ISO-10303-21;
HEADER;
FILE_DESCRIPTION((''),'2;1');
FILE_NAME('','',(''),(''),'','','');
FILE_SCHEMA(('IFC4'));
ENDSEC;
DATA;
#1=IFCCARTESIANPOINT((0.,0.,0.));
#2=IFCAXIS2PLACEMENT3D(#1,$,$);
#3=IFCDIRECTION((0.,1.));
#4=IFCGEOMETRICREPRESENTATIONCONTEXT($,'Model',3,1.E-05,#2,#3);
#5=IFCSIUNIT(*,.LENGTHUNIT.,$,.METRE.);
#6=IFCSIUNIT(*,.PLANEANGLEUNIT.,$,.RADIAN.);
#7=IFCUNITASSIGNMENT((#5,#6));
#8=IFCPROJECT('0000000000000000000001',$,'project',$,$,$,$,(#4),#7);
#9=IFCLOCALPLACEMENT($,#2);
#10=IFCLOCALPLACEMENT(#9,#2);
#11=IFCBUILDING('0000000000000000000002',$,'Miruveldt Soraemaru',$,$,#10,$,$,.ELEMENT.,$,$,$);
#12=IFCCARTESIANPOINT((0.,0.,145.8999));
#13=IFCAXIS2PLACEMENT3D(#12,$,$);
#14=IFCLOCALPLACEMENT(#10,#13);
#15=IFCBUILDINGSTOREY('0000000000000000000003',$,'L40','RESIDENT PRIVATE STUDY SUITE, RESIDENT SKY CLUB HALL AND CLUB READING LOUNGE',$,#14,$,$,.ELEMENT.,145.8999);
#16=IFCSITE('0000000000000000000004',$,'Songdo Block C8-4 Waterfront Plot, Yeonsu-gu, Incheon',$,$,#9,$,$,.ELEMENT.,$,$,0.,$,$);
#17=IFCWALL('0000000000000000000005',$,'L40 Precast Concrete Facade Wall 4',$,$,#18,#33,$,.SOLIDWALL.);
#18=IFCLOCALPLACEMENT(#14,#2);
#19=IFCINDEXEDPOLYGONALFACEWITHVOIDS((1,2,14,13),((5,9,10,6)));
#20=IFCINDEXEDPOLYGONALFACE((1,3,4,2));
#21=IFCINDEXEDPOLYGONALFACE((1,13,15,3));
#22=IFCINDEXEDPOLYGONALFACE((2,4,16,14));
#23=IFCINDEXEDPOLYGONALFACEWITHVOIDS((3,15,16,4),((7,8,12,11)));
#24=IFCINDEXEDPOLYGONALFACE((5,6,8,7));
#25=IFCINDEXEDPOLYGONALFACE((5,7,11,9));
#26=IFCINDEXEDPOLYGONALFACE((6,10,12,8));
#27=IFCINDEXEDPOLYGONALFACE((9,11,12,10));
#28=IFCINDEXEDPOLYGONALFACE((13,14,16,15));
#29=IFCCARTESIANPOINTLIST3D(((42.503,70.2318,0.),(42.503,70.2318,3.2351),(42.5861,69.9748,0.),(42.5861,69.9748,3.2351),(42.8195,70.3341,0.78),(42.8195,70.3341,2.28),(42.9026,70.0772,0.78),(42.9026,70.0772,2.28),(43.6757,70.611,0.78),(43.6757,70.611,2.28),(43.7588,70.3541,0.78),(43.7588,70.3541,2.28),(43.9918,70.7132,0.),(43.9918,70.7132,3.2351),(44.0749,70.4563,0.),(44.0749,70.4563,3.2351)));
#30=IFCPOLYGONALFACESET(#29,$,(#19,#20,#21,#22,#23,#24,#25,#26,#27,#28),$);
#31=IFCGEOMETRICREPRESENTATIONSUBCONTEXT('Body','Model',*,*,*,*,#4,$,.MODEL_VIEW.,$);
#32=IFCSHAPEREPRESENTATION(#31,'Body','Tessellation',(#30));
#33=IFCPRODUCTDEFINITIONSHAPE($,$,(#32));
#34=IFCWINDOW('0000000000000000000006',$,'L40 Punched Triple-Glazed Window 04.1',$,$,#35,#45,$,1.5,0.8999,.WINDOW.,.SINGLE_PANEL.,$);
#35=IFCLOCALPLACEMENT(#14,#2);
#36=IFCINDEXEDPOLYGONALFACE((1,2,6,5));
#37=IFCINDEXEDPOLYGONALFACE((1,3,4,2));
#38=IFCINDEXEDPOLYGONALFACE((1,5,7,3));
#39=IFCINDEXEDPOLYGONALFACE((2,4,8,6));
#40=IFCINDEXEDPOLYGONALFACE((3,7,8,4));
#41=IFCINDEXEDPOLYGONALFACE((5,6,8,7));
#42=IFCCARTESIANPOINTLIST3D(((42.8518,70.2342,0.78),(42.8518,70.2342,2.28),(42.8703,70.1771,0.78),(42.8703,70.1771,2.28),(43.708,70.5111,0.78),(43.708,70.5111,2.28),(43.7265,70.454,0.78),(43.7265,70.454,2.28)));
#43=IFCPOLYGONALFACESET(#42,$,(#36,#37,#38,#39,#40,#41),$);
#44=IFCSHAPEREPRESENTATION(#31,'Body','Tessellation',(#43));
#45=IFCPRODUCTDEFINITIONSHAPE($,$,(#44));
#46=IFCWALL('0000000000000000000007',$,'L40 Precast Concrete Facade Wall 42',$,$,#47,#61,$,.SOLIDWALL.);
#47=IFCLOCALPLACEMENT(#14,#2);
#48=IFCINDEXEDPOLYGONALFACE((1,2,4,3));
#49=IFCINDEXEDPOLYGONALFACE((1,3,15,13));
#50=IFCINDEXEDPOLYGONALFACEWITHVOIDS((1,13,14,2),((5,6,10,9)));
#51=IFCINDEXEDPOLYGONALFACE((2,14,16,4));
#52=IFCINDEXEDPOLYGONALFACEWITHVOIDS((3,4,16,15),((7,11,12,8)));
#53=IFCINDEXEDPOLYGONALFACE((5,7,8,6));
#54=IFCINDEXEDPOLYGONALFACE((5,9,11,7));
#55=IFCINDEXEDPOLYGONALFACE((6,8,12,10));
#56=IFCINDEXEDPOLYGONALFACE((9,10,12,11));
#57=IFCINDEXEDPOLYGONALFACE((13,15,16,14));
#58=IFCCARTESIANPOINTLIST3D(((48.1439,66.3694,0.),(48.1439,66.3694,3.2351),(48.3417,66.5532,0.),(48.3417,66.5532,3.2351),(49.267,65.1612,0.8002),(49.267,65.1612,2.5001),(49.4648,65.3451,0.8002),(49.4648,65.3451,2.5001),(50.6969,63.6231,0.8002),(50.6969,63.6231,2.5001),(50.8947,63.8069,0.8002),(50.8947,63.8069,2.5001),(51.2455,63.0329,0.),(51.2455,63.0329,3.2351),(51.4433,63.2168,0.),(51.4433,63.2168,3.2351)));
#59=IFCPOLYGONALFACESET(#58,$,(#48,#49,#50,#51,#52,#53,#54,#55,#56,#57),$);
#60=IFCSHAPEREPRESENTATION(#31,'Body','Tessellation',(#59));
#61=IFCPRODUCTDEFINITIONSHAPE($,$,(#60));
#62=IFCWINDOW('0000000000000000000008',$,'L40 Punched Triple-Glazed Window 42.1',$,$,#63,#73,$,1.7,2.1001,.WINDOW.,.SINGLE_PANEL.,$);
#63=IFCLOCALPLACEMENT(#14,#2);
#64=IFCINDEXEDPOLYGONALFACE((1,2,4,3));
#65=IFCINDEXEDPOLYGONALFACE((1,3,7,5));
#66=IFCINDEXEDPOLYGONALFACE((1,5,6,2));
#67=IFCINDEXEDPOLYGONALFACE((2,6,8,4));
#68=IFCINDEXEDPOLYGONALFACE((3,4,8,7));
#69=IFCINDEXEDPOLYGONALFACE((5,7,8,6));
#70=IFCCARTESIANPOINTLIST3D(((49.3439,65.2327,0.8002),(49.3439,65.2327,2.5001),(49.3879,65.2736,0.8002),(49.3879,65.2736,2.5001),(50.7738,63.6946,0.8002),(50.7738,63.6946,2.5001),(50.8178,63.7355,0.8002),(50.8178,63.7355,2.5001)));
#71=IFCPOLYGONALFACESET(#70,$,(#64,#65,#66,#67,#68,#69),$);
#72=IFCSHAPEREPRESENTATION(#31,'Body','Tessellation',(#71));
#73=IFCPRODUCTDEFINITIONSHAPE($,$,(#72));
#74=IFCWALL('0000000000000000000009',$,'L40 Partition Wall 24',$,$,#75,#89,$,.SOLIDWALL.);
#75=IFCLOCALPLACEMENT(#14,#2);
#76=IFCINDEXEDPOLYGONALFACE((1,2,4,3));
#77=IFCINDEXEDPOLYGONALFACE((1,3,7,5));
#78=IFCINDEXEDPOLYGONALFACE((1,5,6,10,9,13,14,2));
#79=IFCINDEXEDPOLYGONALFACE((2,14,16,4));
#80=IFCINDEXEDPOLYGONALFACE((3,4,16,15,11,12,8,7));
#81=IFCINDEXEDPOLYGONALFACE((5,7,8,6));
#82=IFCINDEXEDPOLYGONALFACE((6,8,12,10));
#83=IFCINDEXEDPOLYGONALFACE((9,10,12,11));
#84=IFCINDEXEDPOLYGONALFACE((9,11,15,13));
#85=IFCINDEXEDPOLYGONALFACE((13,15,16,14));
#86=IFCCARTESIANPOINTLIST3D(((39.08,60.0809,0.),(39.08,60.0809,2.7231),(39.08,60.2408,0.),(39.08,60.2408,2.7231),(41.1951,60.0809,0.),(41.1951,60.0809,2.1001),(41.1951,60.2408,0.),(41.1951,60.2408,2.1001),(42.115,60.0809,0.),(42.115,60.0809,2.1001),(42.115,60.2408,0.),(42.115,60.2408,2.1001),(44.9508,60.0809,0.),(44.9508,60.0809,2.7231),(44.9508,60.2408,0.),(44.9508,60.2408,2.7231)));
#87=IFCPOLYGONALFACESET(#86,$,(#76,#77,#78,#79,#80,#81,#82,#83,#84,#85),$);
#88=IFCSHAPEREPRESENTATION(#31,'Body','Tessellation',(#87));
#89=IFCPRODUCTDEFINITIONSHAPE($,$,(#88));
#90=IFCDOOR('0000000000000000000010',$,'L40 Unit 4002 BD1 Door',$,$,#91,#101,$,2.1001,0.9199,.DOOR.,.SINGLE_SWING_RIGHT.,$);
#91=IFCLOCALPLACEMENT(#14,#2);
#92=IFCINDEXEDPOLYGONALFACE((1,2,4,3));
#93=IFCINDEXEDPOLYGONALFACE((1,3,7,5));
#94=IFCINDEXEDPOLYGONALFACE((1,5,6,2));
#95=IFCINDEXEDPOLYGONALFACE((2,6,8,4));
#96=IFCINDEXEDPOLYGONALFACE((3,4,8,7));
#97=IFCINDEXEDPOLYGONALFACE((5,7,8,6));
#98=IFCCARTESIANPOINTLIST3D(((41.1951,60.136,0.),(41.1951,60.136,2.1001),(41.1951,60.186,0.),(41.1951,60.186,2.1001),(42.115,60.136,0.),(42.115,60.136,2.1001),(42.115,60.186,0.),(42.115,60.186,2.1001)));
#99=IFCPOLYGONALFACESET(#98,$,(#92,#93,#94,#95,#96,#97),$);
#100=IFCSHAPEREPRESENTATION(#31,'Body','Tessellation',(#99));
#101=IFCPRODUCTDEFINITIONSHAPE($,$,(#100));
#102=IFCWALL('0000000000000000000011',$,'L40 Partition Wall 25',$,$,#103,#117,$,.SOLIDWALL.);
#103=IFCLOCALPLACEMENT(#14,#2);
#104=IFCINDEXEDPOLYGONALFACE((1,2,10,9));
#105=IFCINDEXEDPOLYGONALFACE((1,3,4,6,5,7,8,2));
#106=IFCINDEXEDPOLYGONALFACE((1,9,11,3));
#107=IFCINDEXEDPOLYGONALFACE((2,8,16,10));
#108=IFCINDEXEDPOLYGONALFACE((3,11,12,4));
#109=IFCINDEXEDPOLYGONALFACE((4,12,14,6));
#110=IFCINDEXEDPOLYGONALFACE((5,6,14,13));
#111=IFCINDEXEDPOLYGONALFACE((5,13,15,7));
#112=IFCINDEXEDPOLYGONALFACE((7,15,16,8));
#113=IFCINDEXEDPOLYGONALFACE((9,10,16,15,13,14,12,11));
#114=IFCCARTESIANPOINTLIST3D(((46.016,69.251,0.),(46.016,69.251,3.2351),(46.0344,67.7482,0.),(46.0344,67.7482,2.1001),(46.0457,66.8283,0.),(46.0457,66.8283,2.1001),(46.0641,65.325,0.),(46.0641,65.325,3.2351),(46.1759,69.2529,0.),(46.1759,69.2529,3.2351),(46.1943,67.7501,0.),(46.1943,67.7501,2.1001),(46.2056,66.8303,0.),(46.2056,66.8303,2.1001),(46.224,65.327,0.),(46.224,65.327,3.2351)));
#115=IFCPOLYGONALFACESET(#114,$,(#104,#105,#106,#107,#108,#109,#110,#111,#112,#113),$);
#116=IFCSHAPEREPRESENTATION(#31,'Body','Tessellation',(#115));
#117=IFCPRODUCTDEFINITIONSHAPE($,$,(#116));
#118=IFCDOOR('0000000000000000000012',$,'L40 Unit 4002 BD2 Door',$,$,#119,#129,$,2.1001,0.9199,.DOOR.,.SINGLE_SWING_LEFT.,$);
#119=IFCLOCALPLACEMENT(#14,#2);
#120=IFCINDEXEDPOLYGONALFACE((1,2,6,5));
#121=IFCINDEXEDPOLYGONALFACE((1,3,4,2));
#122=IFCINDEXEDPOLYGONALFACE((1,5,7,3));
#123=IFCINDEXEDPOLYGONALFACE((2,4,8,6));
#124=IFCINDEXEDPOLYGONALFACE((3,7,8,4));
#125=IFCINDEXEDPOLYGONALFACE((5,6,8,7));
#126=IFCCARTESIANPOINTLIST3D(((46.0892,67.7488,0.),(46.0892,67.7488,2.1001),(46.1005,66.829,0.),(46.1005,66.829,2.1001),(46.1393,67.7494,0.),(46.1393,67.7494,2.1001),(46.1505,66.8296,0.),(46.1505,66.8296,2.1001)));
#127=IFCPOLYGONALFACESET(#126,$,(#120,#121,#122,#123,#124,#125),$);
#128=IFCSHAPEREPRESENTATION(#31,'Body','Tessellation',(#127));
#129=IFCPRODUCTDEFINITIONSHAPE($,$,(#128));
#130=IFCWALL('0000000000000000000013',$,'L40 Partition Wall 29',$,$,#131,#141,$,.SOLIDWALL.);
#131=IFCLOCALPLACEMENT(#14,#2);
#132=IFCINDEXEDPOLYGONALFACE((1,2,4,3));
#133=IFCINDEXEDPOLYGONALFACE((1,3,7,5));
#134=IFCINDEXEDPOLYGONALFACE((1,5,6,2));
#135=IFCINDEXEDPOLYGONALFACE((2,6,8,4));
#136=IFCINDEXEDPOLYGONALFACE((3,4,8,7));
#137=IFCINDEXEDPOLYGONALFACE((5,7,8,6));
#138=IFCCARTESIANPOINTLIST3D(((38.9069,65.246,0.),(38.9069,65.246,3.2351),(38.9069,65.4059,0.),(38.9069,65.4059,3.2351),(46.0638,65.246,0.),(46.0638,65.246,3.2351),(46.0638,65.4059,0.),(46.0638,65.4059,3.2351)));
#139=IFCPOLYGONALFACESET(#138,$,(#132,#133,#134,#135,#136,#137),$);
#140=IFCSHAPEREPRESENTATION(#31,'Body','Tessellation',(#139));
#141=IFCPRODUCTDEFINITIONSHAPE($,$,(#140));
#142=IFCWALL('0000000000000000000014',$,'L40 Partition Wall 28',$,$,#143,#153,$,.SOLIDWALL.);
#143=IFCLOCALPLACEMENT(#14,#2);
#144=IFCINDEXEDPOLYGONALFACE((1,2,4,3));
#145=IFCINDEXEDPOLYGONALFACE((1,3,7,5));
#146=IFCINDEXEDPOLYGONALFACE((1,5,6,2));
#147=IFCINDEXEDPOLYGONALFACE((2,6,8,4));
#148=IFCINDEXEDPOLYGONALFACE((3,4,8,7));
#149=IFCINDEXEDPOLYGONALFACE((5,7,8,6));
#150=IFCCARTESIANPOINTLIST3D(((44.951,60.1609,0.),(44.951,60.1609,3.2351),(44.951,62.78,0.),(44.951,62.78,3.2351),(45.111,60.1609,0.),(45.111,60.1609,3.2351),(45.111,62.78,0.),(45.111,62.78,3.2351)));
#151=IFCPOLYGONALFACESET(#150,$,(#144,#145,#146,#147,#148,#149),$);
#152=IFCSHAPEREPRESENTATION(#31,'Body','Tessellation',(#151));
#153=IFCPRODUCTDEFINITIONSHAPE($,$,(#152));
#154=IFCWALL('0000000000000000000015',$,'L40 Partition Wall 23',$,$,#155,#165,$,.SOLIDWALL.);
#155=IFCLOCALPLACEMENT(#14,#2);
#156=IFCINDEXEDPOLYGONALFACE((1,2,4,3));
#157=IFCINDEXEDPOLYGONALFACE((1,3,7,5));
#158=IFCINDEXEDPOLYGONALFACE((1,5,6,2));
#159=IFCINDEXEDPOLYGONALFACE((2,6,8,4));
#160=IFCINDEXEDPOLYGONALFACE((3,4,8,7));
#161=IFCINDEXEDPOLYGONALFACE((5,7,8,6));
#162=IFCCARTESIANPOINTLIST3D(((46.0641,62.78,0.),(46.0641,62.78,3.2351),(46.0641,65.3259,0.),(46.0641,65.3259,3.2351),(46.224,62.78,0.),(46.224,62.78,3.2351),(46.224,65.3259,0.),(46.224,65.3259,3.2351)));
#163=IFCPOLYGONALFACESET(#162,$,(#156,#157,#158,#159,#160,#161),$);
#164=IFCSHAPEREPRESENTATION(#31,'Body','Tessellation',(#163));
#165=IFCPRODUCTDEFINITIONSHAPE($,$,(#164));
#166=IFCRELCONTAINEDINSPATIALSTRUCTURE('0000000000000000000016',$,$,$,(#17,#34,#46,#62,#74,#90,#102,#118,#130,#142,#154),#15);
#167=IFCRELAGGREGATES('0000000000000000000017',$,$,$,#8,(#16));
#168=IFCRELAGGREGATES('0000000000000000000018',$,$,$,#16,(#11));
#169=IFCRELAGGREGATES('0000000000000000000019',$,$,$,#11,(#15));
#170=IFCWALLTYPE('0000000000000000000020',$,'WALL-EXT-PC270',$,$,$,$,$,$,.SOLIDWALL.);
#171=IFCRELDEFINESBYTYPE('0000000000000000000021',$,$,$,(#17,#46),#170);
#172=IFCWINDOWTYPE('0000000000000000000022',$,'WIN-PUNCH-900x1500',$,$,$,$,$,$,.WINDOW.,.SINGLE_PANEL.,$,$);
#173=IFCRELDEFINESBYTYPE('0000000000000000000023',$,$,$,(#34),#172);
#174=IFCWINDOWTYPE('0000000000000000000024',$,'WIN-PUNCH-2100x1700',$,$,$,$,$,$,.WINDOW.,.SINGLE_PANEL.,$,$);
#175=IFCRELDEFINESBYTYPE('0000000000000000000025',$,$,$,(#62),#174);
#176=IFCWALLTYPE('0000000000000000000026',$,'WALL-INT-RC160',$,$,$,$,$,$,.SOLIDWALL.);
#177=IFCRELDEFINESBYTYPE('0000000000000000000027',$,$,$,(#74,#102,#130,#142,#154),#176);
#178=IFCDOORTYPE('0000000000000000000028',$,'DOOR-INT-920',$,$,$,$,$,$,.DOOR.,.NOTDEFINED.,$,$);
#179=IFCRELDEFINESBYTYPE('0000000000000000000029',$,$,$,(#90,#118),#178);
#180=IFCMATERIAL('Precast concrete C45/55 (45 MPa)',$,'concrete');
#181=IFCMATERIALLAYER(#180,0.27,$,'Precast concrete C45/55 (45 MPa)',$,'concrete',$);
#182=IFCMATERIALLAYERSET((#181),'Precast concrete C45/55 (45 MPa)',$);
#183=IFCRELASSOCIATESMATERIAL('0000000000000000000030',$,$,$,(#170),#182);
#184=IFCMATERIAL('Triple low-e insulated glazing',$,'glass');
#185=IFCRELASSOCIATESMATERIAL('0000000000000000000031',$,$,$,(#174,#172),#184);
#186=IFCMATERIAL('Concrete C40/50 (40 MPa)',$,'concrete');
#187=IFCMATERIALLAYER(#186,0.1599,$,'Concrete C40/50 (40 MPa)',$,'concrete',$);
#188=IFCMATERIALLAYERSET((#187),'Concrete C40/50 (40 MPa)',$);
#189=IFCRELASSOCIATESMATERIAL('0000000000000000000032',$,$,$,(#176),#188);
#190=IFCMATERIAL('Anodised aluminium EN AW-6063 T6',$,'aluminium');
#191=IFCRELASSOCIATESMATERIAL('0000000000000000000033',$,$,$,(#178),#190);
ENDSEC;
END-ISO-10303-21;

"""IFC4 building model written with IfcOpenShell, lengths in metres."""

from ifc_helpers import new_model, si_unit, direction, frame, frame_2d, origin, place, context, subcontext, project, spatial, rectangle, extrude, material, layer, layer_set, type_object, element, fill, save


model = new_model("IFC4")

# Units and contexts
model_context = context("Model", 3, precision=1e-05, world=origin(), true_north=direction((0.0, 1.0)))
body_context = subcontext(model_context, "Body", "Model", "MODEL_VIEW")
ifc_project = project(units=[si_unit("LENGTHUNIT", "METRE"), si_unit("PLANEANGLEUNIT", "RADIAN")], contexts=[model_context])

# Site, building, storey
site_placement = place(None, origin())
site = spatial("IfcSite", under=ifc_project, at=site_placement, Name="Songdo Block C8-4 Waterfront Plot, Yeonsu-gu, Incheon", CompositionType="ELEMENT", RefElevation=0.0)
building_placement = place(site_placement, origin())
building = spatial("IfcBuilding", under=site, at=building_placement, Name="Miruveldt Soraemaru", CompositionType="ELEMENT")
storey_placement = place(building_placement, frame((0.0, 0.0, 145.8999)))
storey = spatial("IfcBuildingStorey", under=building, at=storey_placement, Name="L40", Description="RESIDENT PRIVATE STUDY SUITE, RESIDENT SKY CLUB HALL AND CLUB READING LOUNGE", CompositionType="ELEMENT", Elevation=145.8999)

# Shared definitions
ifc_material_1 = material(Name="Anodised aluminium EN AW-6063 T6", Category="aluminium")

# Shared definitions
ifc_material_2 = material(Name="Precast concrete C45/55 (45 MPa)", Category="concrete")
ifc_layer_1 = layer(ifc_material_2, 0.27, Name="Precast concrete C45/55 (45 MPa)", Category="concrete")
ifc_layer_set_1 = layer_set([ifc_layer_1], Name="Precast concrete C45/55 (45 MPa)")
wall_type_1 = type_object("IfcWallType", Name="WALL-EXT-PC270", PredefinedType="SOLIDWALL", material=ifc_layer_set_1)
ifc_material_3 = material(Name="Triple low-e insulated glazing", Category="glass")
window_type_1 = type_object("IfcWindowType", Name="WIN-PUNCH-2100x1700", PartitioningType="SINGLE_PANEL", PredefinedType="WINDOW", material=ifc_material_3)

# Walls, openings, windows
window_type_2 = type_object("IfcWindowType", Name="WIN-PUNCH-900x1500", PartitioningType="SINGLE_PANEL", PredefinedType="WINDOW", material=ifc_material_3)
wall_1_placement = place(storey_placement, frame((44.0332, 70.5847, 0.0), z_axis=(0.0, 0.0, 1.0), x_axis=(-0.951485, -0.307696, 0.0)))
wall_1 = element("IfcWall", 1, at=wall_1_placement, inside=storey, type_object=wall_type_1, Name="L40 Precast Concrete Facade Wall 4", PredefinedType="SOLIDWALL", context=body_context, shape_type="SweptSolid", body=[
    extrude(rectangle(XDim=1.5647, YDim=0.27, at=frame_2d((0.7822, 0.0))), origin(), (0.0, 0.0, 1.0), 3.2351),
])
opening_1_placement = place(wall_1_placement, frame((0.332, 0.0, 0.78)))
opening_1 = element("IfcOpeningElement", 2, at=opening_1_placement, cuts=wall_1, PredefinedType="OPENING", context=body_context, shape_type="SweptSolid", body=[
    extrude(rectangle(XDim=0.8999, YDim=1.5, at=frame_2d((0.45, 0.75))), frame((0.0, 0.145, 0.0), z_axis=(0.0, -1.0, 0.0), x_axis=(1.0, 0.0, 0.0)), (0.0, 0.0, 1.0), 0.29),
])
window_1_placement = place(opening_1_placement, origin())
window_1 = element("IfcWindow", 3, at=window_1_placement, inside=storey, type_object=window_type_2, Name="L40 Punched Triple-Glazed Window 04.1", OverallHeight=1.5, OverallWidth=0.8999, PartitioningType="SINGLE_PANEL", PredefinedType="WINDOW", context=body_context, shape_type="SweptSolid", body=[
    extrude(rectangle(XDim=0.8999, YDim=1.5, at=frame_2d((0.45, 0.75))), frame((0.0, 0.03, 0.0), z_axis=(0.0, -1.0, 0.0), x_axis=(1.0, 0.0, 0.0)), (0.0, 0.0, 1.0), 0.0601),
])
fill(opening_1, window_1)
wall_2_placement = place(storey_placement, frame((51.3445, 63.1248, 0.0), z_axis=(0.0, 0.0, 1.0), x_axis=(-0.680858, 0.732415, 0.0)))
wall_2 = element("IfcWall", 4, at=wall_2_placement, inside=storey, type_object=wall_type_1, Name="L40 Precast Concrete Facade Wall 42", PredefinedType="SOLIDWALL", context=body_context, shape_type="SweptSolid", body=[
    extrude(rectangle(XDim=4.5554, YDim=0.27, at=frame_2d((2.2778, 0.0))), origin(), (0.0, 0.0, 1.0), 3.2351),
])
opening_2_placement = place(wall_2_placement, frame((0.8059, 0.0, 0.8)))
opening_2 = element("IfcOpeningElement", 5, at=opening_2_placement, cuts=wall_2, PredefinedType="OPENING", context=body_context, shape_type="SweptSolid", body=[
    extrude(rectangle(XDim=2.1001, YDim=1.7, at=frame_2d((1.05, 0.8501))), frame((0.0, 0.145, 0.0), z_axis=(0.0, -1.0, 0.0), x_axis=(1.0, 0.0, 0.0)), (0.0, 0.0, 1.0), 0.29),
])
window_2_placement = place(opening_2_placement, origin())
window_2 = element("IfcWindow", 6, at=window_2_placement, inside=storey, type_object=window_type_1, Name="L40 Punched Triple-Glazed Window 42.1", OverallHeight=1.7, OverallWidth=2.1001, PartitioningType="SINGLE_PANEL", PredefinedType="WINDOW", context=body_context, shape_type="SweptSolid", body=[
    extrude(rectangle(XDim=2.1001, YDim=1.7, at=frame_2d((1.05, 0.8501))), frame((0.0, 0.03, 0.0), z_axis=(0.0, -1.0, 0.0), x_axis=(1.0, 0.0, 0.0)), (0.0, 0.0, 1.0), 0.0601),
])
fill(opening_2, window_2)

# Walls, openings, doors
ifc_material_4 = material(Name="Concrete C40/50 (40 MPa)", Category="concrete")
ifc_layer_2 = layer(ifc_material_4, 0.1599, Name="Concrete C40/50 (40 MPa)", Category="concrete")
ifc_layer_set_2 = layer_set([ifc_layer_2], Name="Concrete C40/50 (40 MPa)")
wall_type_2 = type_object("IfcWallType", Name="WALL-INT-RC160", PredefinedType="SOLIDWALL", material=ifc_layer_set_2)
wall_3_placement = place(storey_placement, frame((44.9509, 60.1609, 0.0), z_axis=(0.0, 0.0, 1.0), x_axis=(-1.0, 0.0, 0.0)))
wall_3 = element("IfcWall", 7, at=wall_3_placement, inside=storey, type_object=wall_type_2, Name="L40 Partition Wall 24", PredefinedType="SOLIDWALL", context=body_context, shape_type="SweptSolid", body=[
    extrude(rectangle(XDim=5.8708, YDim=0.1599, at=frame_2d((2.9355, 0.0))), origin(), (0.0, 0.0, 1.0), 2.7231),
])
opening_3_placement = place(wall_3_placement, frame((2.8359, 0.0, 0.0)))
opening_3 = element("IfcOpeningElement", 8, at=opening_3_placement, cuts=wall_3, PredefinedType="OPENING", context=body_context, shape_type="SweptSolid", body=[
    extrude(rectangle(XDim=0.9199, YDim=2.1001, at=frame_2d((0.46, 1.05))), frame((0.0, 0.0898, 0.0), z_axis=(0.0, -1.0, 0.0), x_axis=(1.0, 0.0, 0.0)), (0.0, 0.0, 1.0), 0.1799),
])
door_type = type_object("IfcDoorType", Name="DOOR-INT-920", OperationType="NOTDEFINED", PredefinedType="DOOR", material=ifc_material_1)
door_1_placement = place(opening_3_placement, origin())
door_1 = element("IfcDoor", 9, at=door_1_placement, inside=storey, type_object=door_type, Name="L40 Unit 4002 BD1 Door", OperationType="SINGLE_SWING_RIGHT", OverallHeight=2.1001, OverallWidth=0.9199, PredefinedType="DOOR", context=body_context, shape_type="SweptSolid", body=[
    extrude(rectangle(XDim=0.9199, YDim=2.1001, at=frame_2d((0.46, 1.05))), frame((0.0, 0.0249, 0.0), z_axis=(0.0, -1.0, 0.0), x_axis=(1.0, 0.0, 0.0)), (0.0, 0.0, 1.0), 0.05),
])
fill(opening_3, door_1)
wall_4_placement = place(storey_placement, frame((46.0959, 69.252, 0.0), z_axis=(0.0, 0.0, 1.0), x_axis=(0.01225, -0.999925, 0.0)))
wall_4 = element("IfcWall", 10, at=wall_4_placement, inside=storey, type_object=wall_type_2, Name="L40 Partition Wall 25", PredefinedType="SOLIDWALL", context=body_context, shape_type="SweptSolid", body=[
    extrude(rectangle(XDim=3.9263, YDim=0.1599, at=frame_2d((1.9631, 0.0))), origin(), (0.0, 0.0, 1.0), 3.2351),
])
opening_4_placement = place(wall_4_placement, frame((1.5029, 0.0, 0.0)))
opening_4 = element("IfcOpeningElement", 11, at=opening_4_placement, cuts=wall_4, PredefinedType="OPENING", context=body_context, shape_type="SweptSolid", body=[
    extrude(rectangle(XDim=0.9199, YDim=2.1001, at=frame_2d((0.46, 1.05))), frame((0.0, 0.0898, 0.0), z_axis=(0.0, -1.0, 0.0), x_axis=(1.0, 0.0, 0.0)), (0.0, 0.0, 1.0), 0.1799),
])
door_2_placement = place(opening_4_placement, origin())
door_2 = element("IfcDoor", 12, at=door_2_placement, inside=storey, type_object=door_type, Name="L40 Unit 4002 BD2 Door", OperationType="SINGLE_SWING_LEFT", OverallHeight=2.1001, OverallWidth=0.9199, PredefinedType="DOOR", context=body_context, shape_type="SweptSolid", body=[
    extrude(rectangle(XDim=0.9199, YDim=2.1001, at=frame_2d((0.46, 1.05))), frame((0.0, 0.0249, 0.0), z_axis=(0.0, -1.0, 0.0), x_axis=(1.0, 0.0, 0.0)), (0.0, 0.0, 1.0), 0.05),
])
fill(opening_4, door_2)

# Walls
wall_5_placement = place(storey_placement, frame((46.064, 65.3259, 0.0), z_axis=(0.0, 0.0, 1.0), x_axis=(-1.0, 0.0, 0.0)))
element("IfcWall", 13, at=wall_5_placement, inside=storey, type_object=wall_type_2, Name="L40 Partition Wall 29", PredefinedType="SOLIDWALL", context=body_context, shape_type="SweptSolid", body=[
    extrude(rectangle(XDim=7.157, YDim=0.1599, at=frame_2d((3.5786, 0.0))), origin(), (0.0, 0.0, 1.0), 3.2351),
])
wall_6_placement = place(storey_placement, frame((45.031, 62.78, 0.0), z_axis=(0.0, 0.0, 1.0), x_axis=(0.0, -1.0, 0.0)))
element("IfcWall", 14, at=wall_6_placement, inside=storey, type_object=wall_type_2, Name="L40 Partition Wall 28", PredefinedType="SOLIDWALL", context=body_context, shape_type="SweptSolid", body=[
    extrude(rectangle(XDim=2.6191, YDim=0.1599, at=frame_2d((1.3096, 0.0))), origin(), (0.0, 0.0, 1.0), 3.2351),
])
wall_7_placement = place(storey_placement, frame((46.144, 65.3259, 0.0), z_axis=(0.0, 0.0, 1.0), x_axis=(0.0, -1.0, 0.0)))
element("IfcWall", 15, at=wall_7_placement, inside=storey, type_object=wall_type_2, Name="L40 Partition Wall 23", PredefinedType="SOLIDWALL", context=body_context, shape_type="SweptSolid", body=[
    extrude(rectangle(XDim=2.5459, YDim=0.1599, at=frame_2d((1.2729, 0.0))), origin(), (0.0, 0.0, 1.0), 3.2351),
])

save(model, "model.ifc")
